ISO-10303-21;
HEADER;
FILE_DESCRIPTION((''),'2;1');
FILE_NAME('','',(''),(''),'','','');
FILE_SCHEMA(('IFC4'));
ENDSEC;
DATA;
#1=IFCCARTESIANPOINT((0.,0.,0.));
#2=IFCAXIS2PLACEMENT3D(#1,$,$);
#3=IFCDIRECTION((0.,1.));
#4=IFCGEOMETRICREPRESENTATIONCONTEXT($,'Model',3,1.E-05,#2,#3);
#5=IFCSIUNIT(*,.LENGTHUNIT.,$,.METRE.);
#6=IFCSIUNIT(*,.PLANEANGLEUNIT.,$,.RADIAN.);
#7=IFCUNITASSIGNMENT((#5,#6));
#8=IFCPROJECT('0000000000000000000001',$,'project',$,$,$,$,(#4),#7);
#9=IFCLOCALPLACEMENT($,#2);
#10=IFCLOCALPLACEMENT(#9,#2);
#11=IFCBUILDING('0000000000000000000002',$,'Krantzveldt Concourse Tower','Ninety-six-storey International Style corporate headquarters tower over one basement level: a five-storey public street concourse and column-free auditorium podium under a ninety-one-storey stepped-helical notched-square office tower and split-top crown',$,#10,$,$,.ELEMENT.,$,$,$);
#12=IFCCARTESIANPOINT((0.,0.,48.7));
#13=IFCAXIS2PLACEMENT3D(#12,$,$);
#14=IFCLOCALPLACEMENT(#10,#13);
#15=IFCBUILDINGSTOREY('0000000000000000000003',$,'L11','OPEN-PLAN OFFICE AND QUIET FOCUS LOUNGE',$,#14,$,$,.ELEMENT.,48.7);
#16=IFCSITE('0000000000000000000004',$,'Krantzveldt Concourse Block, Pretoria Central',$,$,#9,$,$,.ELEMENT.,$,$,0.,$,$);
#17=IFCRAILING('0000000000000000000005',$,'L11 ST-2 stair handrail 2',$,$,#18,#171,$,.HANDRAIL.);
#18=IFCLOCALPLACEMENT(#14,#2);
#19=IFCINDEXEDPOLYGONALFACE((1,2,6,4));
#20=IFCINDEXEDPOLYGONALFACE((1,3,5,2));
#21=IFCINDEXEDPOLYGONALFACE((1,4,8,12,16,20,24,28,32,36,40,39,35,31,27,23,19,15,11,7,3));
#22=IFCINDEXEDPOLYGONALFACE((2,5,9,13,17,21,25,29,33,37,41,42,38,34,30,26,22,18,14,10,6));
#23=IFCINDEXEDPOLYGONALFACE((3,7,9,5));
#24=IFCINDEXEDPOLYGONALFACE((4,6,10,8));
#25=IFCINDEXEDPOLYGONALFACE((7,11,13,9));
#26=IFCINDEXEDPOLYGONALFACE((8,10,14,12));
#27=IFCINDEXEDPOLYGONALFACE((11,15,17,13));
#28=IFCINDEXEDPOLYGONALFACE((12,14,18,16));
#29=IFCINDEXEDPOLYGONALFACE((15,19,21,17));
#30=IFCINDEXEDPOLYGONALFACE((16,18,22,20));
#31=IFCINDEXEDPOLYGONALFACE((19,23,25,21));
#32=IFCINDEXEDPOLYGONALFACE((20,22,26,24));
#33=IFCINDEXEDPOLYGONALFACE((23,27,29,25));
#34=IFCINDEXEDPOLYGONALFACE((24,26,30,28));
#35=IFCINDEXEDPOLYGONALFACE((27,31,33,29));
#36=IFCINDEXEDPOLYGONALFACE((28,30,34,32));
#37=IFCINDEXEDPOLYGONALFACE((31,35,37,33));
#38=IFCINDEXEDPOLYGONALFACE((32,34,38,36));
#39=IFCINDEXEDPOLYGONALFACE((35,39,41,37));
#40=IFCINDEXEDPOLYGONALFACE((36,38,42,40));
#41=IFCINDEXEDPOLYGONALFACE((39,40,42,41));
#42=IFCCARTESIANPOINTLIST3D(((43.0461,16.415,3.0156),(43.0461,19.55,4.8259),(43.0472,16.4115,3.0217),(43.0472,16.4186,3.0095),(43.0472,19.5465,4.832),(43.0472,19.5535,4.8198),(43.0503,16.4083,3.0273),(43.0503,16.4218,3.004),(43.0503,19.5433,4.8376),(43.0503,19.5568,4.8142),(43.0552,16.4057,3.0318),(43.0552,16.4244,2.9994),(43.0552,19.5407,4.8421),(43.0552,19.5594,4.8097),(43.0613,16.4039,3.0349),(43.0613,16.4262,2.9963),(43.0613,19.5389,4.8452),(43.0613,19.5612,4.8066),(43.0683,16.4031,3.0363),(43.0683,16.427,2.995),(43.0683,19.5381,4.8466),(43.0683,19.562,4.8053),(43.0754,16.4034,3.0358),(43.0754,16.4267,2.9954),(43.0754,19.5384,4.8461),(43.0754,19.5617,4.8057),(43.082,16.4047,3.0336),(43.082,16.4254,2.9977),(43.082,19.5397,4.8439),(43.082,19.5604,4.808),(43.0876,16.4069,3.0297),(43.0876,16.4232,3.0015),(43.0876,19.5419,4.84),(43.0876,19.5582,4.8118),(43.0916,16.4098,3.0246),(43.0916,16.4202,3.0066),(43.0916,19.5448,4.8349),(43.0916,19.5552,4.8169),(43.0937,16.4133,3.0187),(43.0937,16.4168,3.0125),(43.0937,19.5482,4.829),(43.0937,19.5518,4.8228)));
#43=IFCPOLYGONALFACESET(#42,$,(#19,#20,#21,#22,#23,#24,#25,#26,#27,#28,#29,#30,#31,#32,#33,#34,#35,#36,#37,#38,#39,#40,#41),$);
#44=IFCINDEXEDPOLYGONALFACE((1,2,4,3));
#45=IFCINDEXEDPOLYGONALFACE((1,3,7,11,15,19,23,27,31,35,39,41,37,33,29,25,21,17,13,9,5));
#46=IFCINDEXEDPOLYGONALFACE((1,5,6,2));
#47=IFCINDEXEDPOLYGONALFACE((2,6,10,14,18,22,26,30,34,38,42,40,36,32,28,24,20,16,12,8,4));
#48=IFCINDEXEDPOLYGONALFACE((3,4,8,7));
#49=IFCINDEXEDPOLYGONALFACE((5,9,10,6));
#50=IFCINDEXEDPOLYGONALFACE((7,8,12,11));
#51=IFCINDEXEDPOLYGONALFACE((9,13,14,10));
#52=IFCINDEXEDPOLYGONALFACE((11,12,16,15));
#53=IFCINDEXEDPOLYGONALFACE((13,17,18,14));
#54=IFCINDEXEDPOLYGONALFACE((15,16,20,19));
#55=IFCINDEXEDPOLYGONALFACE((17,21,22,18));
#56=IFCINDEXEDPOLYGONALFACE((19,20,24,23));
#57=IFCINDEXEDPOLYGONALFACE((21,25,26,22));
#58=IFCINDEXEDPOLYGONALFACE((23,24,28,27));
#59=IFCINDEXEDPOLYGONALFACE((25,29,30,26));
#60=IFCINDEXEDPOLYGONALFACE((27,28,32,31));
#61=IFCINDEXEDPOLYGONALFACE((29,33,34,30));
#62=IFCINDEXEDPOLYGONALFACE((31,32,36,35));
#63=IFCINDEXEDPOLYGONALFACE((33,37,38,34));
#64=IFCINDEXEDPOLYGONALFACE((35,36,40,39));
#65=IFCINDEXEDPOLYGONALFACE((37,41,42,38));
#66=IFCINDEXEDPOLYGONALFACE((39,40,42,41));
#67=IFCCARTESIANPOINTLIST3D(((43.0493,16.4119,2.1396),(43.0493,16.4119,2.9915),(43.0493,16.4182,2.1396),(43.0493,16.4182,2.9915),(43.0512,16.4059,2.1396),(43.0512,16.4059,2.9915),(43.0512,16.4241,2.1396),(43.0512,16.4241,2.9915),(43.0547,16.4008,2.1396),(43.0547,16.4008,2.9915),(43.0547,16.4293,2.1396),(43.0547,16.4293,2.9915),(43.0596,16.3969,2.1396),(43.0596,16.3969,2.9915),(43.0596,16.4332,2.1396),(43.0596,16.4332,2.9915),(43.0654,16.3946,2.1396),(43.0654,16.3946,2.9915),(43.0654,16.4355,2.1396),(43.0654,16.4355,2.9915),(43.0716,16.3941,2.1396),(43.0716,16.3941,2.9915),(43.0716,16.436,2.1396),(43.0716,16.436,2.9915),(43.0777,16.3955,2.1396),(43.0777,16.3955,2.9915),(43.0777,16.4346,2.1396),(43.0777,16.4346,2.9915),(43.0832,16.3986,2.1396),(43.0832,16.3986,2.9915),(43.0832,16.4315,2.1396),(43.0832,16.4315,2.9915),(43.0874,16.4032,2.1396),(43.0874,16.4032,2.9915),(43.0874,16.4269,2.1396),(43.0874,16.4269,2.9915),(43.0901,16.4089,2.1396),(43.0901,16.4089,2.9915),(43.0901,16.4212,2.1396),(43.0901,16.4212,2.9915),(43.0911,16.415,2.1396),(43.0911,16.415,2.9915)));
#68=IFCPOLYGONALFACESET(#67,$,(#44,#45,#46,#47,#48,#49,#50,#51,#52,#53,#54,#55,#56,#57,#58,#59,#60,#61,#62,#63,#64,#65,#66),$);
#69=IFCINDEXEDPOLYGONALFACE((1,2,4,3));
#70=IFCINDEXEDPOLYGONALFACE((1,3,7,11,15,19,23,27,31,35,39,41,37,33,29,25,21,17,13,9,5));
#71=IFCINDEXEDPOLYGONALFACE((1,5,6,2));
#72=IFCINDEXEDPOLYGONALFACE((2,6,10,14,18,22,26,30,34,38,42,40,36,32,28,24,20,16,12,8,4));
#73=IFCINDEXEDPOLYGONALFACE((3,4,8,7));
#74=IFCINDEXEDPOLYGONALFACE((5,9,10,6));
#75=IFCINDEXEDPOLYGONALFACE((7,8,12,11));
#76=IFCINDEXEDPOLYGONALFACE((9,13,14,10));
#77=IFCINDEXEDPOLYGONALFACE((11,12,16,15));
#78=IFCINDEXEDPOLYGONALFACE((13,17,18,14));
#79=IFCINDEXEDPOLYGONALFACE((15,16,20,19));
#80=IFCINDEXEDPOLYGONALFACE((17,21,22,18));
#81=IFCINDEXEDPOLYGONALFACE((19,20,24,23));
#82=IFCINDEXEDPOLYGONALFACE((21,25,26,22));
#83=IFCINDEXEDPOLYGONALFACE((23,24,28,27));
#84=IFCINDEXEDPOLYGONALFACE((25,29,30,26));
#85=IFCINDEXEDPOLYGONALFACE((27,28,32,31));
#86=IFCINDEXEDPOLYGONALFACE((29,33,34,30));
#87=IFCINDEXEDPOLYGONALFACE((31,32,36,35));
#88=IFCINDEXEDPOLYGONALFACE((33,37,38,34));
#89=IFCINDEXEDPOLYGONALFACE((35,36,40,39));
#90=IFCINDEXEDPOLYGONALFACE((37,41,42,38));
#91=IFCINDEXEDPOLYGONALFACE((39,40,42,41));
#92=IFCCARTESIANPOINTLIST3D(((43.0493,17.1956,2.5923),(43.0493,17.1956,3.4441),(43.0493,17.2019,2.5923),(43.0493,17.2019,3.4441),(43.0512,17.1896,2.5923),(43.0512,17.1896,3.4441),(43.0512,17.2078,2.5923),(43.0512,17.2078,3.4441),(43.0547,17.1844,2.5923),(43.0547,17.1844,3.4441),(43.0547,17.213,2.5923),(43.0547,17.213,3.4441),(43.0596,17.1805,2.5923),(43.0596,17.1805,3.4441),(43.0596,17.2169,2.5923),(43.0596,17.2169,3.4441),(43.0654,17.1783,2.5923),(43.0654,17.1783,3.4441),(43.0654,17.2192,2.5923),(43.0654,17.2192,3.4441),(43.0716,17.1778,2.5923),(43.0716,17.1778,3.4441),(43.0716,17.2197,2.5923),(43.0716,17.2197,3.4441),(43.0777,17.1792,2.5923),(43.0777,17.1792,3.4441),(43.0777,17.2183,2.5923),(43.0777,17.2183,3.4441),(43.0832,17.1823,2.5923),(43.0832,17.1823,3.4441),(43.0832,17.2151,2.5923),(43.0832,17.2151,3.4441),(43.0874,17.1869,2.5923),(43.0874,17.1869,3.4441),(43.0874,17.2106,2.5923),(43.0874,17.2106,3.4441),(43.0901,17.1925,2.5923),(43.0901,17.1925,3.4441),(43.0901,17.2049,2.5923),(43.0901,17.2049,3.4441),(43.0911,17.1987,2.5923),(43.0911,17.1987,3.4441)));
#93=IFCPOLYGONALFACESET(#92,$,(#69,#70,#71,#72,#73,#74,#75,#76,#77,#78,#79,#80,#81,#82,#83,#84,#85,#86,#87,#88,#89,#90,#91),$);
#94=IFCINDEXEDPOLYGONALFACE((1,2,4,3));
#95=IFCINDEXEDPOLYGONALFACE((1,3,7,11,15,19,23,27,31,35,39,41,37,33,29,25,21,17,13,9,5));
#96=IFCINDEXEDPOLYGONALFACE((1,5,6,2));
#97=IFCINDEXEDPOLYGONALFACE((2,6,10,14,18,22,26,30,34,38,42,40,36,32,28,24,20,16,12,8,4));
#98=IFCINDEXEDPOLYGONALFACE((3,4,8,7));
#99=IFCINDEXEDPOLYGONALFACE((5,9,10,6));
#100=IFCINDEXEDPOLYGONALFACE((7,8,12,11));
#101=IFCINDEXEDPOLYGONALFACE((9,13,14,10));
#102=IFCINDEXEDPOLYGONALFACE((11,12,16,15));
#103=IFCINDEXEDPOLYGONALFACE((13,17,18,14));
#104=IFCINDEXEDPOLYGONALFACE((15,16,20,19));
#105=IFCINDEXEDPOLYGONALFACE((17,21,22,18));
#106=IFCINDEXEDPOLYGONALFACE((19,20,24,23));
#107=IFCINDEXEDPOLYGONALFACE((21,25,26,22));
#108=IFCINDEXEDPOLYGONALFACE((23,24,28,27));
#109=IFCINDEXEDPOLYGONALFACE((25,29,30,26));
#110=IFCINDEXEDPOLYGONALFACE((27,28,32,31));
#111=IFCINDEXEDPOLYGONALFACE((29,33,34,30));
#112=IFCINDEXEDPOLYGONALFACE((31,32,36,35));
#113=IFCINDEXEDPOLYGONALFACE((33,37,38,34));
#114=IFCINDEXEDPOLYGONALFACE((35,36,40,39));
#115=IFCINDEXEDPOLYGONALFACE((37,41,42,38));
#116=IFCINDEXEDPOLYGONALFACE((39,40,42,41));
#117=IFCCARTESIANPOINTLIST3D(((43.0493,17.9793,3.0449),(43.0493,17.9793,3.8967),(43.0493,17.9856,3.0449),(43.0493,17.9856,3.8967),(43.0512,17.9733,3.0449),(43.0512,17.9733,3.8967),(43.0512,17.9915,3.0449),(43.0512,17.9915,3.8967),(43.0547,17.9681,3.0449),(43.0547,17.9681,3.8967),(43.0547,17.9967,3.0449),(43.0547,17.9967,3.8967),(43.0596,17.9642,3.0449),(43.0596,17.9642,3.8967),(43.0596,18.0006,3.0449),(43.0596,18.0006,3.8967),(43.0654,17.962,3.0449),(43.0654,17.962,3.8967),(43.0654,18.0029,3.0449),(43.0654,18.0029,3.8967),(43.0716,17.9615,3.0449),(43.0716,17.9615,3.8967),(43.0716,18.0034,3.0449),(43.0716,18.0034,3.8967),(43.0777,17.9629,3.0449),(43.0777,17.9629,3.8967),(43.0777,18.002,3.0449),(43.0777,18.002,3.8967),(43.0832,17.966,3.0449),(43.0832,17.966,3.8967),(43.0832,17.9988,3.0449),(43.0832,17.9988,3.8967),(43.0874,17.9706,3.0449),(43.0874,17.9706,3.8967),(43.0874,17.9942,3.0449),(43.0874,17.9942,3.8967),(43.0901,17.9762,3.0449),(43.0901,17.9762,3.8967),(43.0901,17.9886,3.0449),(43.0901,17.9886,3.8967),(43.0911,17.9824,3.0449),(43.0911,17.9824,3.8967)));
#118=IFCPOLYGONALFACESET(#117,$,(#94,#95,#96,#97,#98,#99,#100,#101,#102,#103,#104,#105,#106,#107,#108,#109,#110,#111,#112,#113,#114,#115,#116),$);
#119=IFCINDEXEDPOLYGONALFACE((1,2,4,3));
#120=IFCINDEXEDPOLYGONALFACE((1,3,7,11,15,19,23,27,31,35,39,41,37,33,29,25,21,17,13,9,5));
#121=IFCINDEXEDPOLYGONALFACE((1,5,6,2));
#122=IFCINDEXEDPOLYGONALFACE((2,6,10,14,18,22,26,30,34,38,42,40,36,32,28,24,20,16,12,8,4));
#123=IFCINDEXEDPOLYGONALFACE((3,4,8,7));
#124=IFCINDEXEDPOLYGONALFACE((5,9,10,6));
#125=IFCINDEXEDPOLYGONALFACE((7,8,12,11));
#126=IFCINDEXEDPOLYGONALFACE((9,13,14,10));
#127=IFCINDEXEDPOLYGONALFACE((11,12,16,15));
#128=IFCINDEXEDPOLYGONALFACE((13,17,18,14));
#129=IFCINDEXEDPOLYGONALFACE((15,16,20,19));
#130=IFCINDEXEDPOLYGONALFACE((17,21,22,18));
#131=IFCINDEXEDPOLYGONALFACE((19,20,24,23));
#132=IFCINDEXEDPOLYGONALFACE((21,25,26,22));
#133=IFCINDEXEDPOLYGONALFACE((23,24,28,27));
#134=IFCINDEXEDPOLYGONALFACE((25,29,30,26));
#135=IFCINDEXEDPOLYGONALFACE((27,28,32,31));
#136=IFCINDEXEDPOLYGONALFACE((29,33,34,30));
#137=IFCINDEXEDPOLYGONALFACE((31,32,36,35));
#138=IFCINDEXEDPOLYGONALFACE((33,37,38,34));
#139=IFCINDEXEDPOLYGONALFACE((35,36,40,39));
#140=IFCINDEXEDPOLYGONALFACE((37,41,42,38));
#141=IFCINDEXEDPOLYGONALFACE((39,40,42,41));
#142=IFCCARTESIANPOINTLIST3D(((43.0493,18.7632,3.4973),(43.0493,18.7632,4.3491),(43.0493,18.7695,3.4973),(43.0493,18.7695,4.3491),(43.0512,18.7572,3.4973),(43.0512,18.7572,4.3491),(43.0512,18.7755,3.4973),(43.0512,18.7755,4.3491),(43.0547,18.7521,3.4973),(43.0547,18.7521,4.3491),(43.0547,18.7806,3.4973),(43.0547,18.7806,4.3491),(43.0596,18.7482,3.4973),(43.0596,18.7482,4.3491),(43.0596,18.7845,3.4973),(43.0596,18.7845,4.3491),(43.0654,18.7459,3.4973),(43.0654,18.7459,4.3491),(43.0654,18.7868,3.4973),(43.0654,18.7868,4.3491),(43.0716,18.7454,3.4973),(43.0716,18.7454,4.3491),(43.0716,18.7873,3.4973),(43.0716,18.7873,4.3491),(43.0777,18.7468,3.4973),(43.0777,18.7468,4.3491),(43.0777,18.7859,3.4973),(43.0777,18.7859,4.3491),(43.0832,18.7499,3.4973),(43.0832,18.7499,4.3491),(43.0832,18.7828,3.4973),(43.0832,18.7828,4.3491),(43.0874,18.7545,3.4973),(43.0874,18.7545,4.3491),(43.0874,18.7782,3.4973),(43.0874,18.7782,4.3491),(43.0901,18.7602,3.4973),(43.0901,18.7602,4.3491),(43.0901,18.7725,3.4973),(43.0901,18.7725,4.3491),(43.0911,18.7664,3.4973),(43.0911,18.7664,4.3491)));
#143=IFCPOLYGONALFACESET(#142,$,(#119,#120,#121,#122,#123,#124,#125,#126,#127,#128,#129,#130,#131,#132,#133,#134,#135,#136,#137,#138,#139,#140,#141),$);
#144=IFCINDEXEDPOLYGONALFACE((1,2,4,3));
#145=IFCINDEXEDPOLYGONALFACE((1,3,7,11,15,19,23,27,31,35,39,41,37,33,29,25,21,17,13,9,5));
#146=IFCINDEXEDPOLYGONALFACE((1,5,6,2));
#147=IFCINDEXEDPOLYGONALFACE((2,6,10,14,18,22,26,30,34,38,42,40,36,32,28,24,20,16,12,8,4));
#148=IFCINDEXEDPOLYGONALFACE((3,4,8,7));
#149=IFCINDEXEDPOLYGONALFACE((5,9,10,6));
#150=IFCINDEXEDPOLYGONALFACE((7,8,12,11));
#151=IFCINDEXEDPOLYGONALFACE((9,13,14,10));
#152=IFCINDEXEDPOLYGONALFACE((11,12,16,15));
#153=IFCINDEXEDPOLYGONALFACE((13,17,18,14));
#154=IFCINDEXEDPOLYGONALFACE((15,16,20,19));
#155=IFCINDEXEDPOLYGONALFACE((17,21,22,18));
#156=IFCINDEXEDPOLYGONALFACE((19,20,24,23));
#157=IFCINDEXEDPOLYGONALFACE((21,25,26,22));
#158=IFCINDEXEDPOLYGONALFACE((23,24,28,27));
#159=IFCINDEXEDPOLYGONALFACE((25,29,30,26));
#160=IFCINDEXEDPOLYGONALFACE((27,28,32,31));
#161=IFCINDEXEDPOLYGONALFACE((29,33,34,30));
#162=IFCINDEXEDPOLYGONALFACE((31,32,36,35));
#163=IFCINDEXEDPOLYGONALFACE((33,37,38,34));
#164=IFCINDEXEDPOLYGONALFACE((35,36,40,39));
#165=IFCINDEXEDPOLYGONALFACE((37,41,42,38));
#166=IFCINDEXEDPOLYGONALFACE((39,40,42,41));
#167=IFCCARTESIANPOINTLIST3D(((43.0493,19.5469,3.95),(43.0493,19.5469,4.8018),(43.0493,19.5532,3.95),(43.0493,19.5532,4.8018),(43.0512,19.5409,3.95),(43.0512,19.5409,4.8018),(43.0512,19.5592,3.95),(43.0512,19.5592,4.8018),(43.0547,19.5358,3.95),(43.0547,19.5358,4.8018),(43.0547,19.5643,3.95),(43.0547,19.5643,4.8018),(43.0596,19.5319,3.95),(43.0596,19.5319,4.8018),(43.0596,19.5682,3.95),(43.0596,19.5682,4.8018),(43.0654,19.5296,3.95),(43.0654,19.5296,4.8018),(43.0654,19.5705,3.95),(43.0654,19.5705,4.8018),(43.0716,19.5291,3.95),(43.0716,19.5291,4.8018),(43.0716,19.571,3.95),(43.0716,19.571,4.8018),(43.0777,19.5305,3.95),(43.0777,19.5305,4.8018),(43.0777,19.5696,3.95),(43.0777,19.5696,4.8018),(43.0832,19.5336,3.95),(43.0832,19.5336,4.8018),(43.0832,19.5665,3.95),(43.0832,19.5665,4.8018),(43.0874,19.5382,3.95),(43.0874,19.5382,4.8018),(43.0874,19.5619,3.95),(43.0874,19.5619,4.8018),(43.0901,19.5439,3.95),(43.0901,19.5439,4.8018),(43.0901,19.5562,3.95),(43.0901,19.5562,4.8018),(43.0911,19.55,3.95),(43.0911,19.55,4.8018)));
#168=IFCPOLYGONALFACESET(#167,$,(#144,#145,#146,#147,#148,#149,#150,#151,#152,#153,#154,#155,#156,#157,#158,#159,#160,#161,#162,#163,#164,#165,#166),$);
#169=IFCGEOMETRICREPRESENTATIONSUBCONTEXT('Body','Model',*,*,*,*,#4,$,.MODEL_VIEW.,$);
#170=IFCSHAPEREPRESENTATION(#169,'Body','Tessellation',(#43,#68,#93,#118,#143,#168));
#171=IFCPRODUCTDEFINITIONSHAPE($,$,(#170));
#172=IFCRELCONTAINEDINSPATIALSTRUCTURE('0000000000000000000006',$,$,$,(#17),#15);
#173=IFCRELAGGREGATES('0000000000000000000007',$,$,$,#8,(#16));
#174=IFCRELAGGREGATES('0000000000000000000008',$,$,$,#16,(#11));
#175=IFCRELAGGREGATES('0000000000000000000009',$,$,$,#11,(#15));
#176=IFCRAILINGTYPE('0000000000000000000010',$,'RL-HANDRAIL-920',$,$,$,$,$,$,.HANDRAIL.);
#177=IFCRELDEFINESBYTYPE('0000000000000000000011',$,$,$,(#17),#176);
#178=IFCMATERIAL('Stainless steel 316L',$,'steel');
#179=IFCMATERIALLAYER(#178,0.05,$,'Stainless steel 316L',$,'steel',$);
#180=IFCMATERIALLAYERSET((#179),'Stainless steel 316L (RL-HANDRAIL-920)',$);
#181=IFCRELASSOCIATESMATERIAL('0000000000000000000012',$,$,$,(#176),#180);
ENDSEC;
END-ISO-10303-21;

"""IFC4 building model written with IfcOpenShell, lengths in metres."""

from ifc_helpers import new_model, si_unit, direction, frame, origin, origin_2d, place, context, subcontext, project, spatial, circle, extrude, material, layer, layer_set, type_object, element, save


model = new_model("IFC4")

# Units and contexts
model_context = context("Model", 3, precision=1e-05, world=origin(), true_north=direction((0.0, 1.0)))
body_context = subcontext(model_context, "Body", "Model", "MODEL_VIEW")
ifc_project = project(units=[si_unit("LENGTHUNIT", "METRE"), si_unit("PLANEANGLEUNIT", "RADIAN")], contexts=[model_context])

# Site, building, storey
site_placement = place(None, origin())
site = spatial("IfcSite", under=ifc_project, at=site_placement, Name="Krantzveldt Concourse Block, Pretoria Central", CompositionType="ELEMENT", RefElevation=0.0)
building_placement = place(site_placement, origin())
building = spatial("IfcBuilding", under=site, at=building_placement, Name="Krantzveldt Concourse Tower", Description="Ninety-six-storey International Style corporate headquarters tower over one basement level: a five-storey public street concourse and column-free auditorium podium under a ninety-one-storey stepped-helical notched-square office tower and split-top crown", CompositionType="ELEMENT")
storey_placement = place(building_placement, frame((0.0, 0.0, 48.7)))
storey = spatial("IfcBuildingStorey", under=building, at=storey_placement, Name="L11", Description="OPEN-PLAN OFFICE AND QUIET FOCUS LOUNGE", CompositionType="ELEMENT", Elevation=48.7)

# Shared definitions
ifc_material_1 = material(Name="Stainless steel 316L", Category="steel")

# Railing
ifc_layer_1 = layer(ifc_material_1, 0.05, Name="Stainless steel 316L", Category="steel")
ifc_layer_set_1 = layer_set([ifc_layer_1], Name="Stainless steel 316L (RL-HANDRAIL-920)")
railing_type_1 = type_object("IfcRailingType", Name="RL-HANDRAIL-920", PredefinedType="HANDRAIL", material=ifc_layer_set_1)
railing_1_placement = place(storey_placement, frame((43.0701, 16.415, 2.1396)))
element("IfcRailing", 1, at=railing_1_placement, inside=storey, type_object=railing_type_1, Name="L11 ST-2 stair handrail 2", PredefinedType="HANDRAIL", context=body_context, shape_type="SweptSolid", body=[
    extrude(circle(Radius=0.0239, at=origin_2d()), frame((0.0, 0.0, 0.876), z_axis=(0.0, 0.865989, 0.500063), x_axis=(-1.0, 0.0, 0.0)), (0.0, 0.0, 1.0), 3.6201),
    extrude(circle(Radius=0.021, at=origin_2d()), origin(), (0.0, 0.0, 1.0), 0.8518),
    extrude(circle(Radius=0.021, at=origin_2d()), frame((0.0, 0.7837, 0.4526)), (0.0, 0.0, 1.0), 0.8518),
    extrude(circle(Radius=0.021, at=origin_2d()), frame((0.0, 1.5674, 0.9053)), (0.0, 0.0, 1.0), 0.8518),
    extrude(circle(Radius=0.021, at=origin_2d()), frame((0.0, 2.3513, 1.3577)), (0.0, 0.0, 1.0), 0.8518),
    extrude(circle(Radius=0.021, at=origin_2d()), frame((0.0, 3.135, 1.8103)), (0.0, 0.0, 1.0), 0.8518),
])

save(model, "model.ifc")
